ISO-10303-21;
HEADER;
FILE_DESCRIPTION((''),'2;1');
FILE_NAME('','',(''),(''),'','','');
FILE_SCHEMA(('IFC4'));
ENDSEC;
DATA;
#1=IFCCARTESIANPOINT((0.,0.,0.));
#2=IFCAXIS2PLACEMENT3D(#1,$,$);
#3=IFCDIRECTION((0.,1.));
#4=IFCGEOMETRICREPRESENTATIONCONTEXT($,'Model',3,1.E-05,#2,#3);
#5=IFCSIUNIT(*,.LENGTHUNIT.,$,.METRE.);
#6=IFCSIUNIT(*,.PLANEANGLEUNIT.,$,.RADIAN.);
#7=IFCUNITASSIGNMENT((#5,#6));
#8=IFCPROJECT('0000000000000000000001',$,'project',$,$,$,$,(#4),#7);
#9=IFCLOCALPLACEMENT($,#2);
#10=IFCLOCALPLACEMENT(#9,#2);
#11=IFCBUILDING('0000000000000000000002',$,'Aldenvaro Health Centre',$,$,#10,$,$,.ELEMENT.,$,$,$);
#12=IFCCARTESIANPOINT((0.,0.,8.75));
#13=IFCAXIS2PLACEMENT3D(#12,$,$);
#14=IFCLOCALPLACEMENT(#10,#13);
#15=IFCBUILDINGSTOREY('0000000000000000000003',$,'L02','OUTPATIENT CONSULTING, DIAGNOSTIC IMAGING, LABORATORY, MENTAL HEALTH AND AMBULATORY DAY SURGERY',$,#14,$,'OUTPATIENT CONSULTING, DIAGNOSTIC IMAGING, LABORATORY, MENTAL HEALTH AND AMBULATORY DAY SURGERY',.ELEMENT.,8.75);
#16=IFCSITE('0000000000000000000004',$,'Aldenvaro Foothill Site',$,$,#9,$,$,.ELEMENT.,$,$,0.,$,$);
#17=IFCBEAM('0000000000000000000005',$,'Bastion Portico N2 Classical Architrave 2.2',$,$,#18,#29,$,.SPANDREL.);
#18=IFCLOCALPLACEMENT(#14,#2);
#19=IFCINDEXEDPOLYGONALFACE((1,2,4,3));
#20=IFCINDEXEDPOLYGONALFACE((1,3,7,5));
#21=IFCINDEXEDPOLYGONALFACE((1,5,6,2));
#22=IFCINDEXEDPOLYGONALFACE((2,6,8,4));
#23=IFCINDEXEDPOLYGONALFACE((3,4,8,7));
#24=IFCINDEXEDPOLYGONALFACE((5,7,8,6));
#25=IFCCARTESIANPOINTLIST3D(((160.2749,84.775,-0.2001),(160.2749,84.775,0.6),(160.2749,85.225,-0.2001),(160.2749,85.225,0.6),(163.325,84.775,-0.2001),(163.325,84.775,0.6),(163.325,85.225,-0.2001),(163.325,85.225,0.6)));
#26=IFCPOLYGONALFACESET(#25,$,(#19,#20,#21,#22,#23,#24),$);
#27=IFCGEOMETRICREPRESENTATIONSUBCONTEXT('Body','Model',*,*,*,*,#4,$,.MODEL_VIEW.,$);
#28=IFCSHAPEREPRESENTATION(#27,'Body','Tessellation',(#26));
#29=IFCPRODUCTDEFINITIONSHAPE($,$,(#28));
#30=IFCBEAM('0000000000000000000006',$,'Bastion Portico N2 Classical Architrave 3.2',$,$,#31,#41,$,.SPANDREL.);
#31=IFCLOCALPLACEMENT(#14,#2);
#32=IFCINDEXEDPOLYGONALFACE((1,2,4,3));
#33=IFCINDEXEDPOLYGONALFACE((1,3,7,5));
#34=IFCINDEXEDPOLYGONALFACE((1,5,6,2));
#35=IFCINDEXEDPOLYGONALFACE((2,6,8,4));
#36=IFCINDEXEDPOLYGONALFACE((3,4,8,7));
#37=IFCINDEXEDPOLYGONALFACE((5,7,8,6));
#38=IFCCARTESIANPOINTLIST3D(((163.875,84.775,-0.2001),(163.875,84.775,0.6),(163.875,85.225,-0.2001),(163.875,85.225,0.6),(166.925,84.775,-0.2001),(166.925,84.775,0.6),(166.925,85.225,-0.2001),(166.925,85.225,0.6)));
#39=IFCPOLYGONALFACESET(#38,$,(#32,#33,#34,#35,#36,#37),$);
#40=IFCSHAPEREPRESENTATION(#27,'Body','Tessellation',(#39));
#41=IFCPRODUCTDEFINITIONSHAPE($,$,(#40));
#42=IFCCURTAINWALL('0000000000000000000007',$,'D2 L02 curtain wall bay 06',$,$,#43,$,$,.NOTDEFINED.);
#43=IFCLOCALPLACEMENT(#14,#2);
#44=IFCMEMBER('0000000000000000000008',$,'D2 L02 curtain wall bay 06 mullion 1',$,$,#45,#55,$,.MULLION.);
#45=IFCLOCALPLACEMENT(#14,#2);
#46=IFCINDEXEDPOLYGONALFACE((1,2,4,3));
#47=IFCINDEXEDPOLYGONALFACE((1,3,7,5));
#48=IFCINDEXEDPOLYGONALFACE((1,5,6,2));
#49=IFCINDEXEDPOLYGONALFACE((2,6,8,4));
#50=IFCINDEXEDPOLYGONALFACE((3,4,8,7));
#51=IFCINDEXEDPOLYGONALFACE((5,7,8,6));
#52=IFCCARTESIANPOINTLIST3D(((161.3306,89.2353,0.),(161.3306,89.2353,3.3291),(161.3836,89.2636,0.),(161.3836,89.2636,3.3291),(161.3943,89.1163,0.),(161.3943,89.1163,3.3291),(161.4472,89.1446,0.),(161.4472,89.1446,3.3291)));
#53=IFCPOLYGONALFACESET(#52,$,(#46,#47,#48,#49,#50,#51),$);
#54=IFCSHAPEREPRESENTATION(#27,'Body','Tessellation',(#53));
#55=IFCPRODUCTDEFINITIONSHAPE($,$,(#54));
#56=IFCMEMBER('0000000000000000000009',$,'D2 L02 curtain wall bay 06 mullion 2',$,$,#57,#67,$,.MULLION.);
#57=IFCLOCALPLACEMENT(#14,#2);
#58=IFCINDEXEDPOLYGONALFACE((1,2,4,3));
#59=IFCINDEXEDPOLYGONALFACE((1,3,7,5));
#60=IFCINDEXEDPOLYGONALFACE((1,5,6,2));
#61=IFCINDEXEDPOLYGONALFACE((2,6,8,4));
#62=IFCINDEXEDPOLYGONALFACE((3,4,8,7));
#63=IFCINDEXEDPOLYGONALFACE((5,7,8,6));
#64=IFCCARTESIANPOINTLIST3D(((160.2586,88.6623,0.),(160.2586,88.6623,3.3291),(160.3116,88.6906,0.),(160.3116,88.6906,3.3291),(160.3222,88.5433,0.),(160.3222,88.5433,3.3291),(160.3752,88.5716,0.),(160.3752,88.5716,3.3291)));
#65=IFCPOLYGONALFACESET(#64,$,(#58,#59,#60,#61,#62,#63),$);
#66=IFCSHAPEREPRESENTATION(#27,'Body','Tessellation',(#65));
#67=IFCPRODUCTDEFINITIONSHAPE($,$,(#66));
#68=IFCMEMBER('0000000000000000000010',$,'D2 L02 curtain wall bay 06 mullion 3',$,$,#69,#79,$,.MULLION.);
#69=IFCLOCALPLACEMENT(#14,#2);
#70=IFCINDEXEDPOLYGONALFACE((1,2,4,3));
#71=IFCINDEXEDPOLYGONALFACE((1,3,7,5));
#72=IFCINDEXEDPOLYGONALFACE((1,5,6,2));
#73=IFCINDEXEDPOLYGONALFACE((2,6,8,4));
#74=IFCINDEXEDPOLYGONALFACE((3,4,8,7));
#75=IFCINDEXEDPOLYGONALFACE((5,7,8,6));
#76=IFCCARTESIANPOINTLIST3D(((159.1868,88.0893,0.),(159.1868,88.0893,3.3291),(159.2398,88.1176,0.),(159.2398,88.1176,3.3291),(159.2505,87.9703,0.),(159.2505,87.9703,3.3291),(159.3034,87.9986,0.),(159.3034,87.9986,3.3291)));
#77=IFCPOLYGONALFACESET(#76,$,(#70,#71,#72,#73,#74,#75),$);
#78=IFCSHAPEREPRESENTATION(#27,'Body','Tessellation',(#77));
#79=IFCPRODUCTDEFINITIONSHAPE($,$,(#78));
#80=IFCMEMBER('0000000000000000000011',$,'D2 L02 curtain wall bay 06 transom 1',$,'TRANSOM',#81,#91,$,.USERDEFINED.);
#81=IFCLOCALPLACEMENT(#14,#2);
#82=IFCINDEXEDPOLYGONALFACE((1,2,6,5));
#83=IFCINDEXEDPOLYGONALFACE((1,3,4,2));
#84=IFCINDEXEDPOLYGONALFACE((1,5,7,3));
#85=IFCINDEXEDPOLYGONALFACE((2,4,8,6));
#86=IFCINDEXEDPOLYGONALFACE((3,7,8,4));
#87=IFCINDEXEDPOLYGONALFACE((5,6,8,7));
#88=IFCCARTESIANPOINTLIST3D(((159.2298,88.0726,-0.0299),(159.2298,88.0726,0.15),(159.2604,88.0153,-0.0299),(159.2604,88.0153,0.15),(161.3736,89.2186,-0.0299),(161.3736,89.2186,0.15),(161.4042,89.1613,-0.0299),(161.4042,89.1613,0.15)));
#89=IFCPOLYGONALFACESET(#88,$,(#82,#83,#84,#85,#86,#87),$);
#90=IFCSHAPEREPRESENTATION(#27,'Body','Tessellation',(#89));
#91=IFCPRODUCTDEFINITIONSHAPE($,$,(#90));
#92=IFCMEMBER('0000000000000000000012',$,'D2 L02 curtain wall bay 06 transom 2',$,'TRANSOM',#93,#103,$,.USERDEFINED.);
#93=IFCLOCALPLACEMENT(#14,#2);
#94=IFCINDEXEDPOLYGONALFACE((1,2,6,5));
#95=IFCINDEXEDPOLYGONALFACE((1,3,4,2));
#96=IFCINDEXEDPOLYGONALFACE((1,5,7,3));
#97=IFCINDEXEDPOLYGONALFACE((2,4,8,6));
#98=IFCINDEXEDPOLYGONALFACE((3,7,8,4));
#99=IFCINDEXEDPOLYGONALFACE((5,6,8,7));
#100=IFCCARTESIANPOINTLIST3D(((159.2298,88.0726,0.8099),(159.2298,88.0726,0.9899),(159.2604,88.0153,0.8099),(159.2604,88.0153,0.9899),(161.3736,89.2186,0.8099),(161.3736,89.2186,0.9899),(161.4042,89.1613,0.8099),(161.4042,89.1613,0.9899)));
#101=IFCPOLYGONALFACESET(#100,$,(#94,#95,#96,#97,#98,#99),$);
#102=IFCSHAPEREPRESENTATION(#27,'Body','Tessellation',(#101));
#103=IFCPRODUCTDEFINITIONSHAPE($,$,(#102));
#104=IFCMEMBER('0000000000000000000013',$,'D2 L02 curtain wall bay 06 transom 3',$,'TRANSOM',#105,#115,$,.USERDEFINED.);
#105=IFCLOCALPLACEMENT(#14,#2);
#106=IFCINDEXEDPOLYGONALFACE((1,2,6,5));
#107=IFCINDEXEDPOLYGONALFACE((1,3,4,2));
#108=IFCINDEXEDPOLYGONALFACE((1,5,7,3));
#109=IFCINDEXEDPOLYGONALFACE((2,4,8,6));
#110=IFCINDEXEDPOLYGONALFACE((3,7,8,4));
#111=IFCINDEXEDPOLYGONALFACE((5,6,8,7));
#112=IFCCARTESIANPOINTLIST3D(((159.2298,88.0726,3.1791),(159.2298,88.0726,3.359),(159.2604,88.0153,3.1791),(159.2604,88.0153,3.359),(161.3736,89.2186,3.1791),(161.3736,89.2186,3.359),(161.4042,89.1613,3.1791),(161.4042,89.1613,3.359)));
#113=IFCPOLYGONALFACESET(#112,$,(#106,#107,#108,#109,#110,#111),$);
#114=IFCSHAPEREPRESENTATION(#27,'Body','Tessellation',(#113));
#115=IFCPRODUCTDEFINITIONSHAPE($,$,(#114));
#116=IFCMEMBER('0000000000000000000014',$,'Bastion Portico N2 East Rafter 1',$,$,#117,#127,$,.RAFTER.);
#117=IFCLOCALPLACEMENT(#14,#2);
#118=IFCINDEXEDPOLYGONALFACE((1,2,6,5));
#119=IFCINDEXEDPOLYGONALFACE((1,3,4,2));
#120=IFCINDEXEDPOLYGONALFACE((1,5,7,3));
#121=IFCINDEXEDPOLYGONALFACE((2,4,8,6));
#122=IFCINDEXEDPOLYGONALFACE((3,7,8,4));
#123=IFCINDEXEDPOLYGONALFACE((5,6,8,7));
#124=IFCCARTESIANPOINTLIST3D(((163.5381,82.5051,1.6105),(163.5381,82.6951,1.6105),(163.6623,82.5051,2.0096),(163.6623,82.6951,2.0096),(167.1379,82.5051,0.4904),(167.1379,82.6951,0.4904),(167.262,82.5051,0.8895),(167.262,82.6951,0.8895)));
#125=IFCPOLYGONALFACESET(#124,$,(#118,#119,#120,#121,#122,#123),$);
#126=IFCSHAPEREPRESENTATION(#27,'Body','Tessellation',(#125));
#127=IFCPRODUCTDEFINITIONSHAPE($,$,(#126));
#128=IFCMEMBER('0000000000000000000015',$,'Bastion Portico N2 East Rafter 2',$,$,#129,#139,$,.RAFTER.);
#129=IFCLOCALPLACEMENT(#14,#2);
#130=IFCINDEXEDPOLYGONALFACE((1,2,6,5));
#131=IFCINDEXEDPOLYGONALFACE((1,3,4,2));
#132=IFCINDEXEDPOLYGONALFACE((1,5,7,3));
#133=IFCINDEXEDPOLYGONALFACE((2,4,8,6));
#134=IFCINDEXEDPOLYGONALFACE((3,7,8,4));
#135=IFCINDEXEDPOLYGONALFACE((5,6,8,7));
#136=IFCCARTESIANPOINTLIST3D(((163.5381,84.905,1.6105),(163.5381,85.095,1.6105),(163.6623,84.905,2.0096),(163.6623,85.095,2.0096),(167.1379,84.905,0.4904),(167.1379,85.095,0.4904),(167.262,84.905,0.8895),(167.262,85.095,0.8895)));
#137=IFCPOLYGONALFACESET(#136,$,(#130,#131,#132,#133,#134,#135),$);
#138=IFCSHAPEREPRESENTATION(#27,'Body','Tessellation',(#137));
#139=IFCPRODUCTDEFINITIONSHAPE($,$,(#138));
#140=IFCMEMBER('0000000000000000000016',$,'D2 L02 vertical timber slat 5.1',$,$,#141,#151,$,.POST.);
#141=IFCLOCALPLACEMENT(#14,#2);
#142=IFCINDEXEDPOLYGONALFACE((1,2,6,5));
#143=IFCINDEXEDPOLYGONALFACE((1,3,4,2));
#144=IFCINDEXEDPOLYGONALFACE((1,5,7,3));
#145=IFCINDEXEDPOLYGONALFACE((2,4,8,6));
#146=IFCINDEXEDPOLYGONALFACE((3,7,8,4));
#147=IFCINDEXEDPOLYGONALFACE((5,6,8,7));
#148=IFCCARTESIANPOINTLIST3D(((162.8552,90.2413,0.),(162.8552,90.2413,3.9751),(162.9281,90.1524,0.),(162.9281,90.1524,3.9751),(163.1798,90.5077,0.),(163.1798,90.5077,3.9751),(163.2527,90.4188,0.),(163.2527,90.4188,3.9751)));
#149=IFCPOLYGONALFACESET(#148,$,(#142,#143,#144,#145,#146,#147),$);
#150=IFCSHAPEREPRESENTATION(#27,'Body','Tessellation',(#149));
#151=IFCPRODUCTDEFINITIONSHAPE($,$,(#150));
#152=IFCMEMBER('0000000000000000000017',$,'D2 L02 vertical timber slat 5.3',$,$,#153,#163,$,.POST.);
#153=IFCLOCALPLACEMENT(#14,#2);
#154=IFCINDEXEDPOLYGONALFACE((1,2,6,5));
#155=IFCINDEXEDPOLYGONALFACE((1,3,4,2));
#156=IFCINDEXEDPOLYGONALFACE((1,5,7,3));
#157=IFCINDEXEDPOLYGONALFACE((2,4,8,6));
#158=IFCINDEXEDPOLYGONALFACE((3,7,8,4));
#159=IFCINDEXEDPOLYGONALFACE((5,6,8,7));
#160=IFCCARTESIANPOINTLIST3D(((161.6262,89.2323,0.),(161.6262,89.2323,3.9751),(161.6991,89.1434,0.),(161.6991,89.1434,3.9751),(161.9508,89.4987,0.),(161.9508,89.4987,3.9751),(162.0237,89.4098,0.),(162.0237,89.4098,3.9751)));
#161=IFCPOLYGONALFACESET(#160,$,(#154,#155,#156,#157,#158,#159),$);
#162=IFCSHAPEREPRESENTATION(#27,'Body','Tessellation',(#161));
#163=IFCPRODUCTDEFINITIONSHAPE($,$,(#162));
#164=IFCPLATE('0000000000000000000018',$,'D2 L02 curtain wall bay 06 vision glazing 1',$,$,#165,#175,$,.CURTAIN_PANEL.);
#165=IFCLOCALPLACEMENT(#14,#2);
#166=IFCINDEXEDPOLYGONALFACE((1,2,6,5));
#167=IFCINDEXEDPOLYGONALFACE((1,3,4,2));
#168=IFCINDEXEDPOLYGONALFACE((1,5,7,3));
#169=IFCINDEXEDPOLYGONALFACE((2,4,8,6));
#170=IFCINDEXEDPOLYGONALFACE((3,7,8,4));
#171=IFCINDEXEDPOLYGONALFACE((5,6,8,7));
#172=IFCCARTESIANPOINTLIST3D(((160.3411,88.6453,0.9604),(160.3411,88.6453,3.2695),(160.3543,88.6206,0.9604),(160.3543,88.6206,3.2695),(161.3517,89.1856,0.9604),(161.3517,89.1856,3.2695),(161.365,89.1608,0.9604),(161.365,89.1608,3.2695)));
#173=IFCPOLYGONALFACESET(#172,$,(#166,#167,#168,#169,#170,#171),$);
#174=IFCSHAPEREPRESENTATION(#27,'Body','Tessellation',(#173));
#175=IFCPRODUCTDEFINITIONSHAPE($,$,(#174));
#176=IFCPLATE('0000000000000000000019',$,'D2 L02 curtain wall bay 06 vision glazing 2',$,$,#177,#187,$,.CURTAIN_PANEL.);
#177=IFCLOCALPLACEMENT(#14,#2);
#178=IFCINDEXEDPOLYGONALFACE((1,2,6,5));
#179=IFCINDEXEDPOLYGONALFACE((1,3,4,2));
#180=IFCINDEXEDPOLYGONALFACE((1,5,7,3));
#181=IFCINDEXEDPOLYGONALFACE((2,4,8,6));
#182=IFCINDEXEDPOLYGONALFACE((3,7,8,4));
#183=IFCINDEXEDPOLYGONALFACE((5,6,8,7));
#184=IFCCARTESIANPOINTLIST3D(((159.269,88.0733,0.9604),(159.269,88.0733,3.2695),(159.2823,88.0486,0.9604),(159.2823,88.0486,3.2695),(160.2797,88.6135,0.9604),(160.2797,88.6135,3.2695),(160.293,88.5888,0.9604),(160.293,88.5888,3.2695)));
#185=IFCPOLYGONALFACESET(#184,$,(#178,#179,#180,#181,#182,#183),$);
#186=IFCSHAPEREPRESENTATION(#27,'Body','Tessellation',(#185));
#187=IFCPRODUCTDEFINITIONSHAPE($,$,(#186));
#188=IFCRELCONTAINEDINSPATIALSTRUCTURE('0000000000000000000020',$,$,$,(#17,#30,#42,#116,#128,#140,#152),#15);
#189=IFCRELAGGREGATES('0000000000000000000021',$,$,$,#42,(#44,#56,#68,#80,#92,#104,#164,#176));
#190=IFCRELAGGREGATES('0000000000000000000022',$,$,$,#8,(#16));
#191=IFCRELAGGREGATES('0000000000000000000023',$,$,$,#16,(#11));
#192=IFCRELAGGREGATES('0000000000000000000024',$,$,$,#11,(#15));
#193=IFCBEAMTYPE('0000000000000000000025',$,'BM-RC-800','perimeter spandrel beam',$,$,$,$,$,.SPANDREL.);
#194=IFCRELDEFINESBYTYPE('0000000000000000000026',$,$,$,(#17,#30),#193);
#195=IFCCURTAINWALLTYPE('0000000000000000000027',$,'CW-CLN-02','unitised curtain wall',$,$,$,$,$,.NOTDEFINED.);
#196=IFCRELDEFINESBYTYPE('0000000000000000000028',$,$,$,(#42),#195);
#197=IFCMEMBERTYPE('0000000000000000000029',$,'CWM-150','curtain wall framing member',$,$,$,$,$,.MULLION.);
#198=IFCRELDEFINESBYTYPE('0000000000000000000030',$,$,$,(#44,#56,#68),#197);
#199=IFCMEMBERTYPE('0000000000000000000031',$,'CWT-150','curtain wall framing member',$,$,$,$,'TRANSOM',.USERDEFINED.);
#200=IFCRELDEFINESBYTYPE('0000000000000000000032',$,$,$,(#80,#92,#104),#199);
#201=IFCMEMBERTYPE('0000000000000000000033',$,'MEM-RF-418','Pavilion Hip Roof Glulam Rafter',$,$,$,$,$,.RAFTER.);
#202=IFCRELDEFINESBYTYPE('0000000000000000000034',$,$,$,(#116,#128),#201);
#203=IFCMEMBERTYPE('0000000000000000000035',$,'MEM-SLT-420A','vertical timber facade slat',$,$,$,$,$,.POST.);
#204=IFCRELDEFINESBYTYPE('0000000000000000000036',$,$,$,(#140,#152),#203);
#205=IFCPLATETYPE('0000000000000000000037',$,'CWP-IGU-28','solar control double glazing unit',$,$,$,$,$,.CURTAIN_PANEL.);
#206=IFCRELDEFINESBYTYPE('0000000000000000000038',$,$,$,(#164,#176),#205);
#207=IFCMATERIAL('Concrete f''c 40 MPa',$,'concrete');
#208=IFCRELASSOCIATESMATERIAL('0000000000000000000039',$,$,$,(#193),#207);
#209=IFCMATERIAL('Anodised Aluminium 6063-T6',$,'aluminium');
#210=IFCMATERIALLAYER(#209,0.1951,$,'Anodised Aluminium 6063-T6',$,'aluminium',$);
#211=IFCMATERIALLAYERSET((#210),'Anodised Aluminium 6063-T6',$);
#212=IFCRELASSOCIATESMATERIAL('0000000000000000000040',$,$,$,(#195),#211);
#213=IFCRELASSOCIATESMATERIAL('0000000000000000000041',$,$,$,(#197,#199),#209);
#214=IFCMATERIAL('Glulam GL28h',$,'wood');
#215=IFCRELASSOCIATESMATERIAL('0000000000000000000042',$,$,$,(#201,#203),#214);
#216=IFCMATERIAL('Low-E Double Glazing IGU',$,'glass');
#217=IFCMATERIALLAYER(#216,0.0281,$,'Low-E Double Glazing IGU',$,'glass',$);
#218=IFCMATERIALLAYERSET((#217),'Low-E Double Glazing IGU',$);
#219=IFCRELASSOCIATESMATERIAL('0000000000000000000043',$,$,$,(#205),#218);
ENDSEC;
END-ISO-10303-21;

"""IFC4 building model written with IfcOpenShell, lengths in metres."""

from ifc_helpers import new_model, si_unit, direction, frame, origin, origin_2d, place, context, subcontext, project, spatial, rectangle, extrude, material, layer, layer_set, material_profile, profile_set, type_object, element, aggregate, save


model = new_model("IFC4")

# Units and contexts
model_context = context("Model", 3, precision=1e-05, world=origin(), true_north=direction((0.0, 1.0)))
body_context = subcontext(model_context, "Body", "Model", "MODEL_VIEW")
ifc_project = project(units=[si_unit("LENGTHUNIT", "METRE"), si_unit("PLANEANGLEUNIT", "RADIAN")], contexts=[model_context])

# Site, building, storey
site_placement = place(None, origin())
site = spatial("IfcSite", under=ifc_project, at=site_placement, Name="Aldenvaro Foothill Site", CompositionType="ELEMENT", RefElevation=0.0)
building_placement = place(site_placement, origin())
building = spatial("IfcBuilding", under=site, at=building_placement, Name="Aldenvaro Health Centre", CompositionType="ELEMENT")
storey_placement = place(building_placement, frame((0.0, 0.0, 8.75)))
storey = spatial("IfcBuildingStorey", under=building, at=storey_placement, Name="L02", Description="OUTPATIENT CONSULTING, DIAGNOSTIC IMAGING, LABORATORY, MENTAL HEALTH AND AMBULATORY DAY SURGERY", LongName="OUTPATIENT CONSULTING, DIAGNOSTIC IMAGING, LABORATORY, MENTAL HEALTH AND AMBULATORY DAY SURGERY", CompositionType="ELEMENT", Elevation=8.75)

# Shared definitions
ifc_material_1 = material(Name="Glulam GL28h", Category="wood")
ifc_material_2 = material(Name="Concrete f'c 40 MPa", Category="concrete")

# Beams
ifc_material_profile_1 = material_profile(ifc_material_2, rectangle(XDim=0.45, YDim=0.8, at=origin_2d()), Name="RC 450x800", Category="concrete")
ifc_profile_set_1 = profile_set([ifc_material_profile_1], Name="Concrete f'c 40 MPa")
beam_type_1 = type_object("IfcBeamType", Name="BM-RC-800", Description="perimeter spandrel beam", PredefinedType="SPANDREL", material=ifc_profile_set_1)
for number, where, z_axis, x_axis, name in (
    (1, (160.2749, 85.0, 0.2), (1.0, 0.0, 0.0), (0.0, 1.0, 0.0), "Bastion Portico N2 Classical Architrave 2.2"),
    (2, (163.875, 85.0, 0.2), (1.0, 0.0, 0.0), (0.0, 1.0, 0.0), "Bastion Portico N2 Classical Architrave 3.2"),
):
    element("IfcBeam", number, at=place(storey_placement, frame(where, z_axis=z_axis, x_axis=x_axis)), inside=storey, type_object=beam_type_1, Name=name, PredefinedType="SPANDREL", context=body_context, shape_type="SweptSolid", body=[
        extrude(rectangle(XDim=0.45, YDim=0.8, at=origin_2d()), origin(), (0.0, 0.0, 1.0), 3.05),
    ])

# Curtain wall, members
ifc_material_3 = material(Name="Anodised Aluminium 6063-T6", Category="aluminium")
ifc_layer_1 = layer(ifc_material_3, 0.1951, Name="Anodised Aluminium 6063-T6", Category="aluminium")
ifc_layer_set_1 = layer_set([ifc_layer_1], Name="Anodised Aluminium 6063-T6")
curtain_wall_type = type_object("IfcCurtainWallType", Name="CW-CLN-02", Description="unitised curtain wall", PredefinedType="NOTDEFINED", material=ifc_layer_set_1)
curtain_wall_placement = place(storey_placement, origin())
curtain_wall = element("IfcCurtainWall", 3, at=curtain_wall_placement, inside=storey, type_object=curtain_wall_type, Name="D2 L02 curtain wall bay 06", PredefinedType="NOTDEFINED")
ifc_material_profile_2 = material_profile(ifc_material_3, rectangle(XDim=0.0601, YDim=0.135, at=origin_2d()), Name="ALU 60x135", Category="aluminium")
ifc_profile_set_2 = profile_set([ifc_material_profile_2], Name="Anodised Aluminium 6063-T6")
member_type_1 = type_object("IfcMemberType", Name="CWM-150", Description="curtain wall framing member", PredefinedType="MULLION", material=ifc_profile_set_2)
member_1_placement = place(storey_placement, frame((161.3889, 89.1899, 0.0), z_axis=(0.0, 0.0, 1.0), x_axis=(-0.88192, -0.471399, 0.0)))
member_1 = element("IfcMember", 4, at=member_1_placement, type_object=member_type_1, Name="D2 L02 curtain wall bay 06 mullion 1", PredefinedType="MULLION", context=body_context, shape_type="SweptSolid", body=[
    extrude(rectangle(XDim=0.0601, YDim=0.135, at=origin_2d()), origin(), (0.0, 0.0, 1.0), 3.3291),
])
member_2_placement = place(storey_placement, frame((160.3169, 88.6169, 0.0), z_axis=(0.0, 0.0, 1.0), x_axis=(-0.88192, -0.471399, 0.0)))
member_2 = element("IfcMember", 5, at=member_2_placement, type_object=member_type_1, Name="D2 L02 curtain wall bay 06 mullion 2", PredefinedType="MULLION", context=body_context, shape_type="SweptSolid", body=[
    extrude(rectangle(XDim=0.0601, YDim=0.135, at=origin_2d()), origin(), (0.0, 0.0, 1.0), 3.3291),
])
member_3_placement = place(storey_placement, frame((159.2451, 88.0439, 0.0), z_axis=(0.0, 0.0, 1.0), x_axis=(-0.88192, -0.471399, 0.0)))
member_3 = element("IfcMember", 6, at=member_3_placement, type_object=member_type_1, Name="D2 L02 curtain wall bay 06 mullion 3", PredefinedType="MULLION", context=body_context, shape_type="SweptSolid", body=[
    extrude(rectangle(XDim=0.0601, YDim=0.135, at=origin_2d()), origin(), (0.0, 0.0, 1.0), 3.3291),
])
ifc_material_profile_3 = material_profile(ifc_material_3, rectangle(XDim=0.0649, YDim=0.1799, at=origin_2d()), Name="ALU 65x180", Category="aluminium")
ifc_profile_set_3 = profile_set([ifc_material_profile_3], Name="Anodised Aluminium 6063-T6")
member_type_2 = type_object("IfcMemberType", Name="CWT-150", Description="curtain wall framing member", ElementType="TRANSOM", PredefinedType="USERDEFINED", material=ifc_profile_set_3)
member_4_placement = place(storey_placement, frame((161.3889, 89.1899, 0.0601), z_axis=(-0.881902, -0.471432, 0.0), x_axis=(0.471432, -0.881902, 0.0)))
member_4 = element("IfcMember", 7, at=member_4_placement, type_object=member_type_2, Name="D2 L02 curtain wall bay 06 transom 1", ObjectType="TRANSOM", PredefinedType="USERDEFINED", context=body_context, shape_type="SweptSolid", body=[
    extrude(rectangle(XDim=0.0649, YDim=0.1799, at=origin_2d()), origin(), (0.0, 0.0, 1.0), 2.4309),
])
member_5_placement = place(storey_placement, frame((161.3889, 89.1899, 0.8999), z_axis=(-0.881902, -0.471432, 0.0), x_axis=(0.471432, -0.881902, 0.0)))
member_5 = element("IfcMember", 8, at=member_5_placement, type_object=member_type_2, Name="D2 L02 curtain wall bay 06 transom 2", ObjectType="TRANSOM", PredefinedType="USERDEFINED", context=body_context, shape_type="SweptSolid", body=[
    extrude(rectangle(XDim=0.0649, YDim=0.1799, at=origin_2d()), origin(), (0.0, 0.0, 1.0), 2.4309),
])
member_6_placement = place(storey_placement, frame((161.3889, 89.1899, 3.269), z_axis=(-0.881902, -0.471432, 0.0), x_axis=(0.471432, -0.881902, 0.0)))
member_6 = element("IfcMember", 9, at=member_6_placement, type_object=member_type_2, Name="D2 L02 curtain wall bay 06 transom 3", ObjectType="TRANSOM", PredefinedType="USERDEFINED", context=body_context, shape_type="SweptSolid", body=[
    extrude(rectangle(XDim=0.0649, YDim=0.1799, at=origin_2d()), origin(), (0.0, 0.0, 1.0), 2.4309),
])

# Members
ifc_material_profile_4 = material_profile(ifc_material_1, rectangle(XDim=0.1899, YDim=0.418, at=origin_2d()), Name="GL 190x418", Category="wood")
ifc_profile_set_4 = profile_set([ifc_material_profile_4], Name="Glulam GL28h")
member_type_3 = type_object("IfcMemberType", Name="MEM-RF-418", Description="Pavilion Hip Roof Glulam Rafter", PredefinedType="RAFTER", material=ifc_profile_set_4)
for number, where, z_axis, x_axis, name in (
    (10, (167.2, 82.6001, 0.6899), (-0.954845, 0.0, 0.297106), (0.0, -1.0, 0.0), "Bastion Portico N2 East Rafter 1"),
    (11, (167.2, 85.0, 0.6899), (-0.954845, 0.0, 0.297106), (0.0, -1.0, 0.0), "Bastion Portico N2 East Rafter 2"),
):
    element("IfcMember", number, at=place(storey_placement, frame(where, z_axis=z_axis, x_axis=x_axis)), inside=storey, type_object=member_type_3, Name=name, PredefinedType="RAFTER", context=body_context, shape_type="SweptSolid", body=[
        extrude(rectangle(XDim=0.1899, YDim=0.418, at=origin_2d()), origin(), (0.0, 0.0, 1.0), 3.77),
    ])
ifc_material_profile_5 = material_profile(ifc_material_1, rectangle(XDim=0.115, YDim=0.4199, at=origin_2d()), Name="GL 115x420", Category="wood")
ifc_profile_set_5 = profile_set([ifc_material_profile_5], Name="Glulam GL28h")
member_type_4 = type_object("IfcMemberType", Name="MEM-SLT-420A", Description="vertical timber facade slat", PredefinedType="POST", material=ifc_profile_set_5)
for number, where, z_axis, x_axis, name in (
    (12, (163.054, 90.3301, 0.0), (0.0, 0.0, 1.0), (0.63438, -0.773022, 0.0), "D2 L02 vertical timber slat 5.1"),
    (13, (161.825, 89.321, 0.0), (0.0, 0.0, 1.0), (0.63438, -0.773022, 0.0), "D2 L02 vertical timber slat 5.3"),
):
    element("IfcMember", number, at=place(storey_placement, frame(where, z_axis=z_axis, x_axis=x_axis)), inside=storey, type_object=member_type_4, Name=name, PredefinedType="POST", context=body_context, shape_type="SweptSolid", body=[
        extrude(rectangle(XDim=0.115, YDim=0.4199, at=origin_2d()), origin(), (0.0, 0.0, 1.0), 3.9751),
    ])

# Plates
ifc_material_4 = material(Name="Low-E Double Glazing IGU", Category="glass")
ifc_layer_2 = layer(ifc_material_4, 0.0281, Name="Low-E Double Glazing IGU", Category="glass")
ifc_layer_set_2 = layer_set([ifc_layer_2], Name="Low-E Double Glazing IGU")
plate_type_1 = type_object("IfcPlateType", Name="CWP-IGU-28", Description="solar control double glazing unit", PredefinedType="CURTAIN_PANEL", material=ifc_layer_set_2)
plate_1_placement = place(storey_placement, frame((160.853, 88.9031, 0.9604), z_axis=(0.0, 0.0, 1.0), x_axis=(-0.88192, -0.471399, 0.0)))
plate_1 = element("IfcPlate", 14, at=plate_1_placement, type_object=plate_type_1, Name="D2 L02 curtain wall bay 06 vision glazing 1", PredefinedType="CURTAIN_PANEL", context=body_context, shape_type="SweptSolid", body=[
    extrude(rectangle(XDim=1.146, YDim=0.0281, at=origin_2d()), origin(), (0.0, 0.0, 1.0), 2.3091),
])
plate_2_placement = place(storey_placement, frame((159.781, 88.3311, 0.9604), z_axis=(0.0, 0.0, 1.0), x_axis=(-0.88192, -0.471399, 0.0)))
plate_2 = element("IfcPlate", 15, at=plate_2_placement, type_object=plate_type_1, Name="D2 L02 curtain wall bay 06 vision glazing 2", PredefinedType="CURTAIN_PANEL", context=body_context, shape_type="SweptSolid", body=[
    extrude(rectangle(XDim=1.146, YDim=0.0281, at=origin_2d()), origin(), (0.0, 0.0, 1.0), 2.3091),
])
aggregate(curtain_wall, [member_1, member_2, member_3, member_4, member_5, member_6, plate_1, plate_2])

save(model, "model.ifc")
